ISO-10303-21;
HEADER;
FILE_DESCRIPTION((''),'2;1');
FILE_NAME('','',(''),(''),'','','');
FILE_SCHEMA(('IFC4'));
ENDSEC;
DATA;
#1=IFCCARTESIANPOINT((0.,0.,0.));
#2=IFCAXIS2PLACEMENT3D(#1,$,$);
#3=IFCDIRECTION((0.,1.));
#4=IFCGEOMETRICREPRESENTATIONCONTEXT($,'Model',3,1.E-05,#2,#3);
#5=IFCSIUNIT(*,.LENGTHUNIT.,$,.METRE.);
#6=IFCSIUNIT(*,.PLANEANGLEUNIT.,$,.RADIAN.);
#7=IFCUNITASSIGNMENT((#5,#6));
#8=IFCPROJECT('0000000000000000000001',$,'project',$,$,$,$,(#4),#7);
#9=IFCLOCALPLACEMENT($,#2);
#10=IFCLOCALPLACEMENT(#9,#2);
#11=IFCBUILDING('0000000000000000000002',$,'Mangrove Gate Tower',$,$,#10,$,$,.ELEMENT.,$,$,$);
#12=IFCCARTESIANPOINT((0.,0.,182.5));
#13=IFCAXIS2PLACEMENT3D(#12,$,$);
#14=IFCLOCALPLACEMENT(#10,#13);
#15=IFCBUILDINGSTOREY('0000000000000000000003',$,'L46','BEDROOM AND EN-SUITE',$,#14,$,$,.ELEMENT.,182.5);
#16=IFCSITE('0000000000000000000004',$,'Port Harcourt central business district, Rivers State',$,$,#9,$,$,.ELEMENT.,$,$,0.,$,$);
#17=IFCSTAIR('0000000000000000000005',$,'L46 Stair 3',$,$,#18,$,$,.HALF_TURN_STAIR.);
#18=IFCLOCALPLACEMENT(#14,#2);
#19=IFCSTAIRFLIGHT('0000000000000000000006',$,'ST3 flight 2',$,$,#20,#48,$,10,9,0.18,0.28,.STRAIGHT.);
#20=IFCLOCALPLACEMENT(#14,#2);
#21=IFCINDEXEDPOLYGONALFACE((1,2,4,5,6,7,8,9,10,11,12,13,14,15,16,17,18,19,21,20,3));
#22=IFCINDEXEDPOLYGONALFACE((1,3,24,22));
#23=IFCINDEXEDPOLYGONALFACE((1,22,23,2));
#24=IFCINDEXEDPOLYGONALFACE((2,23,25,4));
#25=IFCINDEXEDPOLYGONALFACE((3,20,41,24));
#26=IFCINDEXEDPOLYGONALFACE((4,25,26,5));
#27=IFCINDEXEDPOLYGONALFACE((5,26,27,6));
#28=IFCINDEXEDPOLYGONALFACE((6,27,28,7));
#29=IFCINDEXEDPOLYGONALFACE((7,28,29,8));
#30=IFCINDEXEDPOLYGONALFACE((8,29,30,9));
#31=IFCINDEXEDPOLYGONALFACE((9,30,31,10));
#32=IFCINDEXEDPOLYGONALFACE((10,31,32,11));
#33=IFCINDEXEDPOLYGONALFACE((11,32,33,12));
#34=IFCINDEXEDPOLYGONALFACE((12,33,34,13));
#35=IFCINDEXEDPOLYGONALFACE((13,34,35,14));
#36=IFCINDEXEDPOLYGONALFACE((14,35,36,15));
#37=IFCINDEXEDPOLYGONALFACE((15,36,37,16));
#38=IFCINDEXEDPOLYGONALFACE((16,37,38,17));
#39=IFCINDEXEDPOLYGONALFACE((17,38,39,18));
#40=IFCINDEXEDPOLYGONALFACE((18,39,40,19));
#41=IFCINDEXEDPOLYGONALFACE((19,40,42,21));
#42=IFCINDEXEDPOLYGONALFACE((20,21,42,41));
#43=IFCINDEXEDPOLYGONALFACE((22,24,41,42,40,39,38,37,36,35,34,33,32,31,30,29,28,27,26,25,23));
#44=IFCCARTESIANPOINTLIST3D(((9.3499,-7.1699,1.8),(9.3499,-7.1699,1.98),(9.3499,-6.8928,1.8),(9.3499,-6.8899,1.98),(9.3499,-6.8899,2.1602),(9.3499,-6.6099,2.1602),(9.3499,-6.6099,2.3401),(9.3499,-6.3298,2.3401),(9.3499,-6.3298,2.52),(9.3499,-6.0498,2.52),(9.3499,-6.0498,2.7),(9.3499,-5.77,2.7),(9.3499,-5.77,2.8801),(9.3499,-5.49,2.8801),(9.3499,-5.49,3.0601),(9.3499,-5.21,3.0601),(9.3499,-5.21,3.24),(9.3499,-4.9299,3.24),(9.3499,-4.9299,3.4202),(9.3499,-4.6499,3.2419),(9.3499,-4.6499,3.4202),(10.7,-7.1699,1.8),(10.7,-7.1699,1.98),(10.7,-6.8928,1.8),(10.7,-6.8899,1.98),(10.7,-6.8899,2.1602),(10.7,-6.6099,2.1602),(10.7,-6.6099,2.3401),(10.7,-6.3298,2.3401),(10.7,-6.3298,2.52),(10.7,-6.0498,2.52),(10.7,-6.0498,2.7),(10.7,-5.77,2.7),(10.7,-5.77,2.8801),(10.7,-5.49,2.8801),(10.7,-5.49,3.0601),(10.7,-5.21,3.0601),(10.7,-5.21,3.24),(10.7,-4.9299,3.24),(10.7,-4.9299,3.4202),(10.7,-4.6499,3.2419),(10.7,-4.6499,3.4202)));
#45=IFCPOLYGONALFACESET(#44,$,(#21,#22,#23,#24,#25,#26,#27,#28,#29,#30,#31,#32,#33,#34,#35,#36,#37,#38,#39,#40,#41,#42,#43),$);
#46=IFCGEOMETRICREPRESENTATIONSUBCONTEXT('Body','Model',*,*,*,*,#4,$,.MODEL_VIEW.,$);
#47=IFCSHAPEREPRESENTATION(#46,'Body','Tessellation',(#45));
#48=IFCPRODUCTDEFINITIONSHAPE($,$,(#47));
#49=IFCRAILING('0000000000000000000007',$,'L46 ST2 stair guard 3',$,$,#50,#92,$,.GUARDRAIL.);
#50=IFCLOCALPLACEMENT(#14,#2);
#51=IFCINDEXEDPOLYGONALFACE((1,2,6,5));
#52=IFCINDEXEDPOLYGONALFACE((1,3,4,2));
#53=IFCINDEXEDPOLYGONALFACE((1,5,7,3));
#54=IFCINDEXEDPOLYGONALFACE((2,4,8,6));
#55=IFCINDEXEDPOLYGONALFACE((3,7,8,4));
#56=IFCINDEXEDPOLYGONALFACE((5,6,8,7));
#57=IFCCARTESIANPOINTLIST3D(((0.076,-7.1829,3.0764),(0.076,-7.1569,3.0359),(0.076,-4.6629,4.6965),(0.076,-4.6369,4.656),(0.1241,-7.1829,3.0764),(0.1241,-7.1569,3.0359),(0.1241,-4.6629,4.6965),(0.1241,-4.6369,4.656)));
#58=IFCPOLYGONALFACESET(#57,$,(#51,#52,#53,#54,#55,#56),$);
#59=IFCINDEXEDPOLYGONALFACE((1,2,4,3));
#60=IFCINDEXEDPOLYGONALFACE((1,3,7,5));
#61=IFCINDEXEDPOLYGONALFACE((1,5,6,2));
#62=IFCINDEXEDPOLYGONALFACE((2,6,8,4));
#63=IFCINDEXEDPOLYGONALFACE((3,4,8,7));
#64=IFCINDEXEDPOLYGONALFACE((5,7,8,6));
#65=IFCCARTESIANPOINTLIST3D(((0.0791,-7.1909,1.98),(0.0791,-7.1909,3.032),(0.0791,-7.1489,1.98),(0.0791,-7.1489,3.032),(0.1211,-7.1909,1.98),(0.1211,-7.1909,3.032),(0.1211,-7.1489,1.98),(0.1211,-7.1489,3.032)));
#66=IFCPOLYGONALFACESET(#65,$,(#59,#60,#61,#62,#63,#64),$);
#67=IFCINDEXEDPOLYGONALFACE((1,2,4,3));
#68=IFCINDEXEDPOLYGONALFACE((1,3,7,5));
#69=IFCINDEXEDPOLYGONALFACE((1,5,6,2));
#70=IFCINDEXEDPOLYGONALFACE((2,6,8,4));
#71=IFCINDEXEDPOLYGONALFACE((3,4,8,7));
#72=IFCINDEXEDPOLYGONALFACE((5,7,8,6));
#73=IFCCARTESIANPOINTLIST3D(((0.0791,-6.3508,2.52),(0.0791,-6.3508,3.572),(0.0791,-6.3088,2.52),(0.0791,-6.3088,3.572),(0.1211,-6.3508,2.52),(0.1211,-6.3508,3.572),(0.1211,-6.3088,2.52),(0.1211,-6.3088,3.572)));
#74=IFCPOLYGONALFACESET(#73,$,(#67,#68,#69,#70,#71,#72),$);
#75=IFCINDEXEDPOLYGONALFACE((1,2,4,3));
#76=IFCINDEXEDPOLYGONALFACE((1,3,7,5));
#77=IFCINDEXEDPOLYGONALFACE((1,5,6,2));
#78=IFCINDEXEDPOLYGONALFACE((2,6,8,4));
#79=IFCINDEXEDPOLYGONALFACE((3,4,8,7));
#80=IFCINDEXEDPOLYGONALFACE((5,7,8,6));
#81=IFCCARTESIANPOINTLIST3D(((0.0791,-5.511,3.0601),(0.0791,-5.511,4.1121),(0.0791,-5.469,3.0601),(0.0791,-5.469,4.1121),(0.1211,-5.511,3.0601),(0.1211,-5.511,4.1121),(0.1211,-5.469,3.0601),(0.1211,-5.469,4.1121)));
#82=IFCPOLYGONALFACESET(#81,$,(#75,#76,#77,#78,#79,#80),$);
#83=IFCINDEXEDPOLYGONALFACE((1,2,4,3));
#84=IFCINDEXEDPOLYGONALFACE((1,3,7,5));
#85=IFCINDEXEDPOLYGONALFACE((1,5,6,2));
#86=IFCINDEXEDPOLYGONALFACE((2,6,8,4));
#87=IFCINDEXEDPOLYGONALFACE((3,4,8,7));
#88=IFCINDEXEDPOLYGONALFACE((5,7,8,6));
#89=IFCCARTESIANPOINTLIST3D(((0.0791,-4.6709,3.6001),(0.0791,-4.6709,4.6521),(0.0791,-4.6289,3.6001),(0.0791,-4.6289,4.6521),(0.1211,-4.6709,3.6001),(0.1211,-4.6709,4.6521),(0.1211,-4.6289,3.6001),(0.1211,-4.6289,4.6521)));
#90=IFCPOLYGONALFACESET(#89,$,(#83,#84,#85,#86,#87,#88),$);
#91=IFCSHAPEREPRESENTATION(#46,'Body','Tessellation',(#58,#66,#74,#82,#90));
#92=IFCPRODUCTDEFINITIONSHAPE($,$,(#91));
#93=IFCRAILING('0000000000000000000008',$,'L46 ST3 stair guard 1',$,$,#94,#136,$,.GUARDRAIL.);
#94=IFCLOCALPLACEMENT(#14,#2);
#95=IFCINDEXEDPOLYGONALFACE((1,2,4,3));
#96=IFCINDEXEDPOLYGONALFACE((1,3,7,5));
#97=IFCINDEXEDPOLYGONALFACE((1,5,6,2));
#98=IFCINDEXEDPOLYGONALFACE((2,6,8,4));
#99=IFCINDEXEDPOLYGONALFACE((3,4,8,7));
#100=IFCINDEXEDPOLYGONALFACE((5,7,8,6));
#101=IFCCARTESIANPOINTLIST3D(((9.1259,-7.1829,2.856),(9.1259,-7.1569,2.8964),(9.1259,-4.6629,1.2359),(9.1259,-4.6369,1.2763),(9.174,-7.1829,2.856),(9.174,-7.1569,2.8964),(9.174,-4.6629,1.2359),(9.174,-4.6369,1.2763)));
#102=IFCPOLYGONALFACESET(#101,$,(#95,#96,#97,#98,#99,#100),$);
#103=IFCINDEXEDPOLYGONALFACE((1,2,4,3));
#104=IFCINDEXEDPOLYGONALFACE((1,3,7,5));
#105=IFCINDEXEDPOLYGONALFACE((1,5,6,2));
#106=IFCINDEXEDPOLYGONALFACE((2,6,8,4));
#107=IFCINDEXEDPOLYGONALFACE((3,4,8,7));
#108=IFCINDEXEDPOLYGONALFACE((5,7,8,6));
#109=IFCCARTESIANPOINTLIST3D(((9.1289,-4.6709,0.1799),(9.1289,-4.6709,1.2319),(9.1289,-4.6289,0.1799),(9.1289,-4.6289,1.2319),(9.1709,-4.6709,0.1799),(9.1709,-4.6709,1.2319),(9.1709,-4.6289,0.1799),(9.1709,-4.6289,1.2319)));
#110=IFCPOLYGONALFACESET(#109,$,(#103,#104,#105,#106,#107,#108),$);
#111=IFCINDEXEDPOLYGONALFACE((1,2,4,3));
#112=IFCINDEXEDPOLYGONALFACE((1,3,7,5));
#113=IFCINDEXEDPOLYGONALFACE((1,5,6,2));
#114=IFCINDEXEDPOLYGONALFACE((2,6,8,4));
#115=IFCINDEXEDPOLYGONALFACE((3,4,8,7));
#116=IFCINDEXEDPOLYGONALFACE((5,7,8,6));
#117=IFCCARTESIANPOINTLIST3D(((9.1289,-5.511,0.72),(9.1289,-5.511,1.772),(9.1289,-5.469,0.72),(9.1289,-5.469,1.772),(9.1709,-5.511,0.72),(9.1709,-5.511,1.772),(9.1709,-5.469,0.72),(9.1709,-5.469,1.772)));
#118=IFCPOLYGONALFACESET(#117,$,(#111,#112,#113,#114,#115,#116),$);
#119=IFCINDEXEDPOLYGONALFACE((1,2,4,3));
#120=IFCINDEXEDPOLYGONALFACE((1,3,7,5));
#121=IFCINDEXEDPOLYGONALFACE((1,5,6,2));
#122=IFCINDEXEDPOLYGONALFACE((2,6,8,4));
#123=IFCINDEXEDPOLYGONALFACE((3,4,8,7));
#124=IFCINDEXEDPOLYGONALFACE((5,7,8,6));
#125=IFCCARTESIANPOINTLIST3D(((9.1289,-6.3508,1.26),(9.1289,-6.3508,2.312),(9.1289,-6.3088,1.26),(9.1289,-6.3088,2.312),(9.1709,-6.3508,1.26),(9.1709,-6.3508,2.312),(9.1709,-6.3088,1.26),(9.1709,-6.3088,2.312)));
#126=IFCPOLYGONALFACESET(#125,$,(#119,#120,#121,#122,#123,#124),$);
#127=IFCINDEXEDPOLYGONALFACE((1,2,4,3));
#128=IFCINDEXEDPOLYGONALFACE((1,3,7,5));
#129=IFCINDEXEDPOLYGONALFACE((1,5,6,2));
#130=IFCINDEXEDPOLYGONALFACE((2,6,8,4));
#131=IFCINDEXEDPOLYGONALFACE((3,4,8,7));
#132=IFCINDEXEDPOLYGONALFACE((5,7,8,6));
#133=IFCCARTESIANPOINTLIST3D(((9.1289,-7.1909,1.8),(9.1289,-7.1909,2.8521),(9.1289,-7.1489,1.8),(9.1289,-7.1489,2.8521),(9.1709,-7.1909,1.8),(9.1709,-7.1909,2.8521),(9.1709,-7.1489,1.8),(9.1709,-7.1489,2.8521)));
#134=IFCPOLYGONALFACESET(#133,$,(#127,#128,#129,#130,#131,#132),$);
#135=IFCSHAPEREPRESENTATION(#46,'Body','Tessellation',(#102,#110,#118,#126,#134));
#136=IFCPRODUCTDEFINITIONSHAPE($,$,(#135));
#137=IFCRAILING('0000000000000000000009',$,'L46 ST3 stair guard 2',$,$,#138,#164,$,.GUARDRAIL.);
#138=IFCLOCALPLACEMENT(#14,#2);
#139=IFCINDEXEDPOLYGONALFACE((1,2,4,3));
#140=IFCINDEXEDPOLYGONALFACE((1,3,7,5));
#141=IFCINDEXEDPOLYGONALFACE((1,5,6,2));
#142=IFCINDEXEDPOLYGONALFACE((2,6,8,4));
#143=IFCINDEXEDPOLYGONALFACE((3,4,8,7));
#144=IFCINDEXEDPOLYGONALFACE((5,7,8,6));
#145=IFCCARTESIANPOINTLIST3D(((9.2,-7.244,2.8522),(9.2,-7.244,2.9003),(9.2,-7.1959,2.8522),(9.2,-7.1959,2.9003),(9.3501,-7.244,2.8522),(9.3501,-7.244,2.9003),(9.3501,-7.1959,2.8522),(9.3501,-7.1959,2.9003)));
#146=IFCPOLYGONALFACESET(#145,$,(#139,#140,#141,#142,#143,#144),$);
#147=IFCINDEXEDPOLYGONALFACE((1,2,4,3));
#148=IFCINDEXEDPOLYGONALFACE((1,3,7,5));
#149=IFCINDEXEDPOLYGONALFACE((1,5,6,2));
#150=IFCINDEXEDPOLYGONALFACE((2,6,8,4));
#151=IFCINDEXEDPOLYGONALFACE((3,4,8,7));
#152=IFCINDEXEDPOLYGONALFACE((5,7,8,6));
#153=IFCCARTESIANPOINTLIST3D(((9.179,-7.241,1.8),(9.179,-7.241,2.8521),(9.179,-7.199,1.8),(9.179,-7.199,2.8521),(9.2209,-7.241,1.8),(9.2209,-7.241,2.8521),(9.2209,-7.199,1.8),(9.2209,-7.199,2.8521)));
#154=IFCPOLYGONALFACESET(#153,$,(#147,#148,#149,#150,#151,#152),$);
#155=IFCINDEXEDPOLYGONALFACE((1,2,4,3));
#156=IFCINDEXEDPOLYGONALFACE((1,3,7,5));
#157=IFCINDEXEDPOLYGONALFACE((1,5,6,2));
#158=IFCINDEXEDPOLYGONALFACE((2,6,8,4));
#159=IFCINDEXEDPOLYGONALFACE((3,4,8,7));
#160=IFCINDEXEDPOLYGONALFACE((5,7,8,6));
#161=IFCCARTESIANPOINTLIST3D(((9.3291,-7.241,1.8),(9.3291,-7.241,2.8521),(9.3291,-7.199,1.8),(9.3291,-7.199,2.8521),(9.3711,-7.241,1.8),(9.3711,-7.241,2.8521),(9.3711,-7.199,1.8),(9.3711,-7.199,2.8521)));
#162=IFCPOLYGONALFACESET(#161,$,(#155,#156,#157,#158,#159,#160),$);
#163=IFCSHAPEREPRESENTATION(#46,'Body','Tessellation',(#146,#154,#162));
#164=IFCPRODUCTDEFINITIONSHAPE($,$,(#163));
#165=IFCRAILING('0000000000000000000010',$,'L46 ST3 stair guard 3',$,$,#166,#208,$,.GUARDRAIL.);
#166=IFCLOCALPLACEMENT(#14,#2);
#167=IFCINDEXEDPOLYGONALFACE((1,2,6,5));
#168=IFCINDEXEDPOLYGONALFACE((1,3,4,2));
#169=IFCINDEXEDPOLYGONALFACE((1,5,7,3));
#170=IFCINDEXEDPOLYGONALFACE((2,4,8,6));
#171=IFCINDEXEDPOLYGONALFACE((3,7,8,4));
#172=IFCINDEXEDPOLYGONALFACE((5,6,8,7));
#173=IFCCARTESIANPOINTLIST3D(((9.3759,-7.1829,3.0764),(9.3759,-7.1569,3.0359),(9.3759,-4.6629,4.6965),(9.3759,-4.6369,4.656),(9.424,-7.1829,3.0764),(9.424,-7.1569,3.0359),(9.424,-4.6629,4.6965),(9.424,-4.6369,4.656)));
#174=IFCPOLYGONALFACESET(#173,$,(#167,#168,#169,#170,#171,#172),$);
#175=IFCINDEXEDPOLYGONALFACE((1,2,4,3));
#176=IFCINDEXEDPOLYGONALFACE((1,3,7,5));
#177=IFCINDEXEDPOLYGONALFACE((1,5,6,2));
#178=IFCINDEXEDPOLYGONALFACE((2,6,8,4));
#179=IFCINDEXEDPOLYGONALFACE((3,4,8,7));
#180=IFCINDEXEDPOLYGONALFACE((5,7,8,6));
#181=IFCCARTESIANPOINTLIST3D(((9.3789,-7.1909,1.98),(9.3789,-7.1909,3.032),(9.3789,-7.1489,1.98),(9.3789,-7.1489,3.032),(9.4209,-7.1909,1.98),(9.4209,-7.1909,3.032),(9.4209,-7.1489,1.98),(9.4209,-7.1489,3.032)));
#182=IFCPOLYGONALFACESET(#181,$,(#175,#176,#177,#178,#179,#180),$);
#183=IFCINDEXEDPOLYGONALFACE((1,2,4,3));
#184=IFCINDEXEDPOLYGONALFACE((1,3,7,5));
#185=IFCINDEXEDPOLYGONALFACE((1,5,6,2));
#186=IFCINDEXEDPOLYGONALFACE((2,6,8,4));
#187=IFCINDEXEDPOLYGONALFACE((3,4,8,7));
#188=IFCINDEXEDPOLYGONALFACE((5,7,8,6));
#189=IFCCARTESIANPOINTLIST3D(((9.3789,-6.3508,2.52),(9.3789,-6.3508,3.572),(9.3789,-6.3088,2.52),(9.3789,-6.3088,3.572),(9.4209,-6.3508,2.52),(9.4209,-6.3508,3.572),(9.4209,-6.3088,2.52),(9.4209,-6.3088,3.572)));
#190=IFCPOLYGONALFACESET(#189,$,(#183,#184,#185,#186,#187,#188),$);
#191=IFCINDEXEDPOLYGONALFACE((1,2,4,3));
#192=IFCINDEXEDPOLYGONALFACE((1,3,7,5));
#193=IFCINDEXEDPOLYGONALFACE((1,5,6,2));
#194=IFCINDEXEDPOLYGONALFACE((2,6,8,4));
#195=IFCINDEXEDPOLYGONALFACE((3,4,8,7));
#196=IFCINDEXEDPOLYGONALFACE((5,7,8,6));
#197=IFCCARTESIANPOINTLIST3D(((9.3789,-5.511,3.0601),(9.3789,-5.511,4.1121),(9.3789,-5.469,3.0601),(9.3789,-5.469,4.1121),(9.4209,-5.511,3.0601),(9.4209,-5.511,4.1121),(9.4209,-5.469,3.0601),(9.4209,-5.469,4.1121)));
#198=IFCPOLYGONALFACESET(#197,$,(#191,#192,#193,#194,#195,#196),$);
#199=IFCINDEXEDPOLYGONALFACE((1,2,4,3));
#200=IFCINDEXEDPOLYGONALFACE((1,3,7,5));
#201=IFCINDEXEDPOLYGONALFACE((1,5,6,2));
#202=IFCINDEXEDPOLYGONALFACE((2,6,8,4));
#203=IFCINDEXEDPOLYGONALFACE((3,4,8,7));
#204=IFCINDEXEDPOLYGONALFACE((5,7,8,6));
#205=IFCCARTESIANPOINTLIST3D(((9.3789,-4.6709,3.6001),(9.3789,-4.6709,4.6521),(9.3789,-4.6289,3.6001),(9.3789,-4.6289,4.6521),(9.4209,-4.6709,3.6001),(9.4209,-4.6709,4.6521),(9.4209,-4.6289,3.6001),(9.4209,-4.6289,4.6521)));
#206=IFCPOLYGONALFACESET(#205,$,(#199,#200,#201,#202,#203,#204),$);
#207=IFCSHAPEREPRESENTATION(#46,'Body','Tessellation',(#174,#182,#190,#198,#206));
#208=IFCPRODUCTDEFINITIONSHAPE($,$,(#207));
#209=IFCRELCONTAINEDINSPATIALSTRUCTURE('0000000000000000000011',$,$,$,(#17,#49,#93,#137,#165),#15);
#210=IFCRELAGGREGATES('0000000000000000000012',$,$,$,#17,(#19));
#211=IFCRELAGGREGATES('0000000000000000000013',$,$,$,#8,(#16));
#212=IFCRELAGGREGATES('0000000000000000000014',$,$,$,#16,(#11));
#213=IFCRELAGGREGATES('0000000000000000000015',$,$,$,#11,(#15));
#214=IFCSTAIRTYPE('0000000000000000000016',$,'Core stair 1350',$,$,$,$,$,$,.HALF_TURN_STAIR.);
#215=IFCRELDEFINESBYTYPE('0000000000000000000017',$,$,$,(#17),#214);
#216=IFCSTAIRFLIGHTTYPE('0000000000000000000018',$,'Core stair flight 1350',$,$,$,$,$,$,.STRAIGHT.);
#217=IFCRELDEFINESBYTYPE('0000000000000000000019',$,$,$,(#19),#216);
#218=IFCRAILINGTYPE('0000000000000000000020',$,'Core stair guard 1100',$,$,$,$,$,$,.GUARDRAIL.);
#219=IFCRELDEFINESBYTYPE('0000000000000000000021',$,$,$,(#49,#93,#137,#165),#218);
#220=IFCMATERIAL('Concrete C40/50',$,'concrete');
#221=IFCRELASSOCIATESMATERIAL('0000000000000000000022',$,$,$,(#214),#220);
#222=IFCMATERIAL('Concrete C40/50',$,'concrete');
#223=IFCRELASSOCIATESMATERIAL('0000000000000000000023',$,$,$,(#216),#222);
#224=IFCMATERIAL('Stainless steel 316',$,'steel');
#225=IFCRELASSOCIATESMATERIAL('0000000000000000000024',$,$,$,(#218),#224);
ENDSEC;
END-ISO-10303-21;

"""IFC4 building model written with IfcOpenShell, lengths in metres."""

from ifc_helpers import new_model, si_unit, direction, frame, origin, origin_2d, place, context, subcontext, project, spatial, polyline, rectangle, outline, extrude, material, type_object, element, aggregate, save


model = new_model("IFC4")

# Units and contexts
model_context = context("Model", 3, precision=1e-05, world=origin(), true_north=direction((0.0, 1.0)))
body_context = subcontext(model_context, "Body", "Model", "MODEL_VIEW")
ifc_project = project(units=[si_unit("LENGTHUNIT", "METRE"), si_unit("PLANEANGLEUNIT", "RADIAN")], contexts=[model_context])

# Site, building, storey
site_placement = place(None, origin())
site = spatial("IfcSite", under=ifc_project, at=site_placement, Name="Port Harcourt central business district, Rivers State", CompositionType="ELEMENT", RefElevation=0.0)
building_placement = place(site_placement, origin())
building = spatial("IfcBuilding", under=site, at=building_placement, Name="Mangrove Gate Tower", CompositionType="ELEMENT")
storey_placement = place(building_placement, frame((0.0, 0.0, 182.5)))
storey = spatial("IfcBuildingStorey", under=building, at=storey_placement, Name="L46", Description="BEDROOM AND EN-SUITE", CompositionType="ELEMENT", Elevation=182.5)

# Shared definitions
ifc_material_1 = material(Name="Concrete C40/50", Category="concrete")
stair_type = type_object("IfcStairType", Name="Core stair 1350", PredefinedType="HALF_TURN_STAIR", material=ifc_material_1)
ifc_material_2 = material(Name="Concrete C40/50", Category="concrete")
stair_flight_type = type_object("IfcStairFlightType", Name="Core stair flight 1350", PredefinedType="STRAIGHT", material=ifc_material_2)

# Stair, stair flight
stair_1_placement = place(storey_placement, origin())
stair_1 = element("IfcStair", 1, at=stair_1_placement, inside=storey, type_object=stair_type, Name="L46 Stair 3", PredefinedType="HALF_TURN_STAIR")
stair_flight_1_placement = place(storey_placement, frame((10.0249, -7.1699, 1.8), z_axis=(0.0, 0.0, 1.0), x_axis=(0.0, 1.0, 0.0)))
stair_flight_1 = element("IfcStairFlight", 2, at=stair_flight_1_placement, type_object=stair_flight_type, Name="ST3 flight 2", NumberOfRisers=10, NumberOfTreads=9, PredefinedType="STRAIGHT", RiserHeight=0.18, TreadLength=0.28, context=body_context, shape_type="SweptSolid", body=[
    extrude(outline(polyline([(0.0, 0.0), (0.0, 0.1799), (0.28, 0.1799), (0.28, 0.3601), (0.5601, 0.3601), (0.5601, 0.54), (0.8401, 0.54), (0.8401, 0.72), (1.1201, 0.72), (1.1201, 0.8999), (1.3999, 0.8999), (1.3999, 1.0801), (1.6799, 1.0801), (1.6799, 1.26), (1.96, 1.26), (1.96, 1.4399), (2.24, 1.4399), (2.24, 1.6201), (2.52, 1.6201), (2.52, 1.8), (2.52, 1.4419), (0.2771, 0.0), (0.0, 0.0)])), frame((0.0, 0.675, 0.0), z_axis=(0.0, -1.0, 0.0), x_axis=(1.0, 0.0, 0.0)), (0.0, 0.0, 1.0), 1.3501),
])
aggregate(stair_1, [stair_flight_1])

# Railings
ifc_material_3 = material(Name="Stainless steel 316", Category="steel")
railing_type_1 = type_object("IfcRailingType", Name="Core stair guard 1100", PredefinedType="GUARDRAIL", material=ifc_material_3)
railing_1_placement = place(storey_placement, frame((0.1001, -7.1699, 1.98)))
element("IfcRailing", 3, at=railing_1_placement, inside=storey, type_object=railing_type_1, Name="L46 ST2 stair guard 3", PredefinedType="GUARDRAIL", context=body_context, shape_type="SweptSolid", body=[
    extrude(rectangle(XDim=0.0481, YDim=0.0481, at=origin_2d()), frame((0.0, 0.0, 1.0762), z_axis=(0.0, 0.841163, 0.540782), x_axis=(-1.0, 0.0, 0.0)), (0.0, 0.0, 1.0), 2.9958),
    extrude(rectangle(XDim=0.042, YDim=0.042, at=origin_2d()), origin(), (0.0, 0.0, 1.0), 1.052),
    extrude(rectangle(XDim=0.042, YDim=0.042, at=origin_2d()), frame((0.0, 0.8401, 0.54)), (0.0, 0.0, 1.0), 1.052),
    extrude(rectangle(XDim=0.042, YDim=0.042, at=origin_2d()), frame((0.0, 1.6799, 1.0801)), (0.0, 0.0, 1.0), 1.052),
    extrude(rectangle(XDim=0.042, YDim=0.042, at=origin_2d()), frame((0.0, 2.52, 1.6201)), (0.0, 0.0, 1.0), 1.052),
])
railing_2_placement = place(storey_placement, frame((9.1499, -4.6499, 0.1799)))
element("IfcRailing", 4, at=railing_2_placement, inside=storey, type_object=railing_type_1, Name="L46 ST3 stair guard 1", PredefinedType="GUARDRAIL", context=body_context, shape_type="SweptSolid", body=[
    extrude(rectangle(XDim=0.0481, YDim=0.0481, at=origin_2d()), frame((0.0, 0.0, 1.0762), z_axis=(0.0, -0.841163, 0.540782), x_axis=(1.0, 0.0, 0.0)), (0.0, 0.0, 1.0), 2.9958),
    extrude(rectangle(XDim=0.042, YDim=0.042, at=origin_2d()), origin(), (0.0, 0.0, 1.0), 1.052),
    extrude(rectangle(XDim=0.042, YDim=0.042, at=origin_2d()), frame((0.0, -0.8401, 0.54)), (0.0, 0.0, 1.0), 1.052),
    extrude(rectangle(XDim=0.042, YDim=0.042, at=origin_2d()), frame((0.0, -1.6799, 1.0801)), (0.0, 0.0, 1.0), 1.052),
    extrude(rectangle(XDim=0.042, YDim=0.042, at=origin_2d()), frame((0.0, -2.52, 1.6201)), (0.0, 0.0, 1.0), 1.052),
])
railing_3_placement = place(storey_placement, frame((9.2, -7.22, 1.8)))
element("IfcRailing", 5, at=railing_3_placement, inside=storey, type_object=railing_type_1, Name="L46 ST3 stair guard 2", PredefinedType="GUARDRAIL", context=body_context, shape_type="SweptSolid", body=[
    extrude(rectangle(XDim=0.0481, YDim=0.0481, at=origin_2d()), frame((0.0, 0.0, 1.0762), z_axis=(1.0, 0.0, 0.0), x_axis=(0.0, 1.0, 0.0)), (0.0, 0.0, 1.0), 0.1501),
    extrude(rectangle(XDim=0.042, YDim=0.042, at=origin_2d()), origin(), (0.0, 0.0, 1.0), 1.052),
    extrude(rectangle(XDim=0.042, YDim=0.042, at=origin_2d()), frame((0.1501, 0.0, 0.0)), (0.0, 0.0, 1.0), 1.052),
])
railing_4_placement = place(storey_placement, frame((9.3999, -7.1699, 1.98)))
element("IfcRailing", 6, at=railing_4_placement, inside=storey, type_object=railing_type_1, Name="L46 ST3 stair guard 3", PredefinedType="GUARDRAIL", context=body_context, shape_type="SweptSolid", body=[
    extrude(rectangle(XDim=0.0481, YDim=0.0481, at=origin_2d()), frame((0.0, 0.0, 1.0762), z_axis=(0.0, 0.841163, 0.540782), x_axis=(-1.0, 0.0, 0.0)), (0.0, 0.0, 1.0), 2.9958),
    extrude(rectangle(XDim=0.042, YDim=0.042, at=origin_2d()), origin(), (0.0, 0.0, 1.0), 1.052),
    extrude(rectangle(XDim=0.042, YDim=0.042, at=origin_2d()), frame((0.0, 0.8401, 0.54)), (0.0, 0.0, 1.0), 1.052),
    extrude(rectangle(XDim=0.042, YDim=0.042, at=origin_2d()), frame((0.0, 1.6799, 1.0801)), (0.0, 0.0, 1.0), 1.052),
    extrude(rectangle(XDim=0.042, YDim=0.042, at=origin_2d()), frame((0.0, 2.52, 1.6201)), (0.0, 0.0, 1.0), 1.052),
])

save(model, "model.ifc")
